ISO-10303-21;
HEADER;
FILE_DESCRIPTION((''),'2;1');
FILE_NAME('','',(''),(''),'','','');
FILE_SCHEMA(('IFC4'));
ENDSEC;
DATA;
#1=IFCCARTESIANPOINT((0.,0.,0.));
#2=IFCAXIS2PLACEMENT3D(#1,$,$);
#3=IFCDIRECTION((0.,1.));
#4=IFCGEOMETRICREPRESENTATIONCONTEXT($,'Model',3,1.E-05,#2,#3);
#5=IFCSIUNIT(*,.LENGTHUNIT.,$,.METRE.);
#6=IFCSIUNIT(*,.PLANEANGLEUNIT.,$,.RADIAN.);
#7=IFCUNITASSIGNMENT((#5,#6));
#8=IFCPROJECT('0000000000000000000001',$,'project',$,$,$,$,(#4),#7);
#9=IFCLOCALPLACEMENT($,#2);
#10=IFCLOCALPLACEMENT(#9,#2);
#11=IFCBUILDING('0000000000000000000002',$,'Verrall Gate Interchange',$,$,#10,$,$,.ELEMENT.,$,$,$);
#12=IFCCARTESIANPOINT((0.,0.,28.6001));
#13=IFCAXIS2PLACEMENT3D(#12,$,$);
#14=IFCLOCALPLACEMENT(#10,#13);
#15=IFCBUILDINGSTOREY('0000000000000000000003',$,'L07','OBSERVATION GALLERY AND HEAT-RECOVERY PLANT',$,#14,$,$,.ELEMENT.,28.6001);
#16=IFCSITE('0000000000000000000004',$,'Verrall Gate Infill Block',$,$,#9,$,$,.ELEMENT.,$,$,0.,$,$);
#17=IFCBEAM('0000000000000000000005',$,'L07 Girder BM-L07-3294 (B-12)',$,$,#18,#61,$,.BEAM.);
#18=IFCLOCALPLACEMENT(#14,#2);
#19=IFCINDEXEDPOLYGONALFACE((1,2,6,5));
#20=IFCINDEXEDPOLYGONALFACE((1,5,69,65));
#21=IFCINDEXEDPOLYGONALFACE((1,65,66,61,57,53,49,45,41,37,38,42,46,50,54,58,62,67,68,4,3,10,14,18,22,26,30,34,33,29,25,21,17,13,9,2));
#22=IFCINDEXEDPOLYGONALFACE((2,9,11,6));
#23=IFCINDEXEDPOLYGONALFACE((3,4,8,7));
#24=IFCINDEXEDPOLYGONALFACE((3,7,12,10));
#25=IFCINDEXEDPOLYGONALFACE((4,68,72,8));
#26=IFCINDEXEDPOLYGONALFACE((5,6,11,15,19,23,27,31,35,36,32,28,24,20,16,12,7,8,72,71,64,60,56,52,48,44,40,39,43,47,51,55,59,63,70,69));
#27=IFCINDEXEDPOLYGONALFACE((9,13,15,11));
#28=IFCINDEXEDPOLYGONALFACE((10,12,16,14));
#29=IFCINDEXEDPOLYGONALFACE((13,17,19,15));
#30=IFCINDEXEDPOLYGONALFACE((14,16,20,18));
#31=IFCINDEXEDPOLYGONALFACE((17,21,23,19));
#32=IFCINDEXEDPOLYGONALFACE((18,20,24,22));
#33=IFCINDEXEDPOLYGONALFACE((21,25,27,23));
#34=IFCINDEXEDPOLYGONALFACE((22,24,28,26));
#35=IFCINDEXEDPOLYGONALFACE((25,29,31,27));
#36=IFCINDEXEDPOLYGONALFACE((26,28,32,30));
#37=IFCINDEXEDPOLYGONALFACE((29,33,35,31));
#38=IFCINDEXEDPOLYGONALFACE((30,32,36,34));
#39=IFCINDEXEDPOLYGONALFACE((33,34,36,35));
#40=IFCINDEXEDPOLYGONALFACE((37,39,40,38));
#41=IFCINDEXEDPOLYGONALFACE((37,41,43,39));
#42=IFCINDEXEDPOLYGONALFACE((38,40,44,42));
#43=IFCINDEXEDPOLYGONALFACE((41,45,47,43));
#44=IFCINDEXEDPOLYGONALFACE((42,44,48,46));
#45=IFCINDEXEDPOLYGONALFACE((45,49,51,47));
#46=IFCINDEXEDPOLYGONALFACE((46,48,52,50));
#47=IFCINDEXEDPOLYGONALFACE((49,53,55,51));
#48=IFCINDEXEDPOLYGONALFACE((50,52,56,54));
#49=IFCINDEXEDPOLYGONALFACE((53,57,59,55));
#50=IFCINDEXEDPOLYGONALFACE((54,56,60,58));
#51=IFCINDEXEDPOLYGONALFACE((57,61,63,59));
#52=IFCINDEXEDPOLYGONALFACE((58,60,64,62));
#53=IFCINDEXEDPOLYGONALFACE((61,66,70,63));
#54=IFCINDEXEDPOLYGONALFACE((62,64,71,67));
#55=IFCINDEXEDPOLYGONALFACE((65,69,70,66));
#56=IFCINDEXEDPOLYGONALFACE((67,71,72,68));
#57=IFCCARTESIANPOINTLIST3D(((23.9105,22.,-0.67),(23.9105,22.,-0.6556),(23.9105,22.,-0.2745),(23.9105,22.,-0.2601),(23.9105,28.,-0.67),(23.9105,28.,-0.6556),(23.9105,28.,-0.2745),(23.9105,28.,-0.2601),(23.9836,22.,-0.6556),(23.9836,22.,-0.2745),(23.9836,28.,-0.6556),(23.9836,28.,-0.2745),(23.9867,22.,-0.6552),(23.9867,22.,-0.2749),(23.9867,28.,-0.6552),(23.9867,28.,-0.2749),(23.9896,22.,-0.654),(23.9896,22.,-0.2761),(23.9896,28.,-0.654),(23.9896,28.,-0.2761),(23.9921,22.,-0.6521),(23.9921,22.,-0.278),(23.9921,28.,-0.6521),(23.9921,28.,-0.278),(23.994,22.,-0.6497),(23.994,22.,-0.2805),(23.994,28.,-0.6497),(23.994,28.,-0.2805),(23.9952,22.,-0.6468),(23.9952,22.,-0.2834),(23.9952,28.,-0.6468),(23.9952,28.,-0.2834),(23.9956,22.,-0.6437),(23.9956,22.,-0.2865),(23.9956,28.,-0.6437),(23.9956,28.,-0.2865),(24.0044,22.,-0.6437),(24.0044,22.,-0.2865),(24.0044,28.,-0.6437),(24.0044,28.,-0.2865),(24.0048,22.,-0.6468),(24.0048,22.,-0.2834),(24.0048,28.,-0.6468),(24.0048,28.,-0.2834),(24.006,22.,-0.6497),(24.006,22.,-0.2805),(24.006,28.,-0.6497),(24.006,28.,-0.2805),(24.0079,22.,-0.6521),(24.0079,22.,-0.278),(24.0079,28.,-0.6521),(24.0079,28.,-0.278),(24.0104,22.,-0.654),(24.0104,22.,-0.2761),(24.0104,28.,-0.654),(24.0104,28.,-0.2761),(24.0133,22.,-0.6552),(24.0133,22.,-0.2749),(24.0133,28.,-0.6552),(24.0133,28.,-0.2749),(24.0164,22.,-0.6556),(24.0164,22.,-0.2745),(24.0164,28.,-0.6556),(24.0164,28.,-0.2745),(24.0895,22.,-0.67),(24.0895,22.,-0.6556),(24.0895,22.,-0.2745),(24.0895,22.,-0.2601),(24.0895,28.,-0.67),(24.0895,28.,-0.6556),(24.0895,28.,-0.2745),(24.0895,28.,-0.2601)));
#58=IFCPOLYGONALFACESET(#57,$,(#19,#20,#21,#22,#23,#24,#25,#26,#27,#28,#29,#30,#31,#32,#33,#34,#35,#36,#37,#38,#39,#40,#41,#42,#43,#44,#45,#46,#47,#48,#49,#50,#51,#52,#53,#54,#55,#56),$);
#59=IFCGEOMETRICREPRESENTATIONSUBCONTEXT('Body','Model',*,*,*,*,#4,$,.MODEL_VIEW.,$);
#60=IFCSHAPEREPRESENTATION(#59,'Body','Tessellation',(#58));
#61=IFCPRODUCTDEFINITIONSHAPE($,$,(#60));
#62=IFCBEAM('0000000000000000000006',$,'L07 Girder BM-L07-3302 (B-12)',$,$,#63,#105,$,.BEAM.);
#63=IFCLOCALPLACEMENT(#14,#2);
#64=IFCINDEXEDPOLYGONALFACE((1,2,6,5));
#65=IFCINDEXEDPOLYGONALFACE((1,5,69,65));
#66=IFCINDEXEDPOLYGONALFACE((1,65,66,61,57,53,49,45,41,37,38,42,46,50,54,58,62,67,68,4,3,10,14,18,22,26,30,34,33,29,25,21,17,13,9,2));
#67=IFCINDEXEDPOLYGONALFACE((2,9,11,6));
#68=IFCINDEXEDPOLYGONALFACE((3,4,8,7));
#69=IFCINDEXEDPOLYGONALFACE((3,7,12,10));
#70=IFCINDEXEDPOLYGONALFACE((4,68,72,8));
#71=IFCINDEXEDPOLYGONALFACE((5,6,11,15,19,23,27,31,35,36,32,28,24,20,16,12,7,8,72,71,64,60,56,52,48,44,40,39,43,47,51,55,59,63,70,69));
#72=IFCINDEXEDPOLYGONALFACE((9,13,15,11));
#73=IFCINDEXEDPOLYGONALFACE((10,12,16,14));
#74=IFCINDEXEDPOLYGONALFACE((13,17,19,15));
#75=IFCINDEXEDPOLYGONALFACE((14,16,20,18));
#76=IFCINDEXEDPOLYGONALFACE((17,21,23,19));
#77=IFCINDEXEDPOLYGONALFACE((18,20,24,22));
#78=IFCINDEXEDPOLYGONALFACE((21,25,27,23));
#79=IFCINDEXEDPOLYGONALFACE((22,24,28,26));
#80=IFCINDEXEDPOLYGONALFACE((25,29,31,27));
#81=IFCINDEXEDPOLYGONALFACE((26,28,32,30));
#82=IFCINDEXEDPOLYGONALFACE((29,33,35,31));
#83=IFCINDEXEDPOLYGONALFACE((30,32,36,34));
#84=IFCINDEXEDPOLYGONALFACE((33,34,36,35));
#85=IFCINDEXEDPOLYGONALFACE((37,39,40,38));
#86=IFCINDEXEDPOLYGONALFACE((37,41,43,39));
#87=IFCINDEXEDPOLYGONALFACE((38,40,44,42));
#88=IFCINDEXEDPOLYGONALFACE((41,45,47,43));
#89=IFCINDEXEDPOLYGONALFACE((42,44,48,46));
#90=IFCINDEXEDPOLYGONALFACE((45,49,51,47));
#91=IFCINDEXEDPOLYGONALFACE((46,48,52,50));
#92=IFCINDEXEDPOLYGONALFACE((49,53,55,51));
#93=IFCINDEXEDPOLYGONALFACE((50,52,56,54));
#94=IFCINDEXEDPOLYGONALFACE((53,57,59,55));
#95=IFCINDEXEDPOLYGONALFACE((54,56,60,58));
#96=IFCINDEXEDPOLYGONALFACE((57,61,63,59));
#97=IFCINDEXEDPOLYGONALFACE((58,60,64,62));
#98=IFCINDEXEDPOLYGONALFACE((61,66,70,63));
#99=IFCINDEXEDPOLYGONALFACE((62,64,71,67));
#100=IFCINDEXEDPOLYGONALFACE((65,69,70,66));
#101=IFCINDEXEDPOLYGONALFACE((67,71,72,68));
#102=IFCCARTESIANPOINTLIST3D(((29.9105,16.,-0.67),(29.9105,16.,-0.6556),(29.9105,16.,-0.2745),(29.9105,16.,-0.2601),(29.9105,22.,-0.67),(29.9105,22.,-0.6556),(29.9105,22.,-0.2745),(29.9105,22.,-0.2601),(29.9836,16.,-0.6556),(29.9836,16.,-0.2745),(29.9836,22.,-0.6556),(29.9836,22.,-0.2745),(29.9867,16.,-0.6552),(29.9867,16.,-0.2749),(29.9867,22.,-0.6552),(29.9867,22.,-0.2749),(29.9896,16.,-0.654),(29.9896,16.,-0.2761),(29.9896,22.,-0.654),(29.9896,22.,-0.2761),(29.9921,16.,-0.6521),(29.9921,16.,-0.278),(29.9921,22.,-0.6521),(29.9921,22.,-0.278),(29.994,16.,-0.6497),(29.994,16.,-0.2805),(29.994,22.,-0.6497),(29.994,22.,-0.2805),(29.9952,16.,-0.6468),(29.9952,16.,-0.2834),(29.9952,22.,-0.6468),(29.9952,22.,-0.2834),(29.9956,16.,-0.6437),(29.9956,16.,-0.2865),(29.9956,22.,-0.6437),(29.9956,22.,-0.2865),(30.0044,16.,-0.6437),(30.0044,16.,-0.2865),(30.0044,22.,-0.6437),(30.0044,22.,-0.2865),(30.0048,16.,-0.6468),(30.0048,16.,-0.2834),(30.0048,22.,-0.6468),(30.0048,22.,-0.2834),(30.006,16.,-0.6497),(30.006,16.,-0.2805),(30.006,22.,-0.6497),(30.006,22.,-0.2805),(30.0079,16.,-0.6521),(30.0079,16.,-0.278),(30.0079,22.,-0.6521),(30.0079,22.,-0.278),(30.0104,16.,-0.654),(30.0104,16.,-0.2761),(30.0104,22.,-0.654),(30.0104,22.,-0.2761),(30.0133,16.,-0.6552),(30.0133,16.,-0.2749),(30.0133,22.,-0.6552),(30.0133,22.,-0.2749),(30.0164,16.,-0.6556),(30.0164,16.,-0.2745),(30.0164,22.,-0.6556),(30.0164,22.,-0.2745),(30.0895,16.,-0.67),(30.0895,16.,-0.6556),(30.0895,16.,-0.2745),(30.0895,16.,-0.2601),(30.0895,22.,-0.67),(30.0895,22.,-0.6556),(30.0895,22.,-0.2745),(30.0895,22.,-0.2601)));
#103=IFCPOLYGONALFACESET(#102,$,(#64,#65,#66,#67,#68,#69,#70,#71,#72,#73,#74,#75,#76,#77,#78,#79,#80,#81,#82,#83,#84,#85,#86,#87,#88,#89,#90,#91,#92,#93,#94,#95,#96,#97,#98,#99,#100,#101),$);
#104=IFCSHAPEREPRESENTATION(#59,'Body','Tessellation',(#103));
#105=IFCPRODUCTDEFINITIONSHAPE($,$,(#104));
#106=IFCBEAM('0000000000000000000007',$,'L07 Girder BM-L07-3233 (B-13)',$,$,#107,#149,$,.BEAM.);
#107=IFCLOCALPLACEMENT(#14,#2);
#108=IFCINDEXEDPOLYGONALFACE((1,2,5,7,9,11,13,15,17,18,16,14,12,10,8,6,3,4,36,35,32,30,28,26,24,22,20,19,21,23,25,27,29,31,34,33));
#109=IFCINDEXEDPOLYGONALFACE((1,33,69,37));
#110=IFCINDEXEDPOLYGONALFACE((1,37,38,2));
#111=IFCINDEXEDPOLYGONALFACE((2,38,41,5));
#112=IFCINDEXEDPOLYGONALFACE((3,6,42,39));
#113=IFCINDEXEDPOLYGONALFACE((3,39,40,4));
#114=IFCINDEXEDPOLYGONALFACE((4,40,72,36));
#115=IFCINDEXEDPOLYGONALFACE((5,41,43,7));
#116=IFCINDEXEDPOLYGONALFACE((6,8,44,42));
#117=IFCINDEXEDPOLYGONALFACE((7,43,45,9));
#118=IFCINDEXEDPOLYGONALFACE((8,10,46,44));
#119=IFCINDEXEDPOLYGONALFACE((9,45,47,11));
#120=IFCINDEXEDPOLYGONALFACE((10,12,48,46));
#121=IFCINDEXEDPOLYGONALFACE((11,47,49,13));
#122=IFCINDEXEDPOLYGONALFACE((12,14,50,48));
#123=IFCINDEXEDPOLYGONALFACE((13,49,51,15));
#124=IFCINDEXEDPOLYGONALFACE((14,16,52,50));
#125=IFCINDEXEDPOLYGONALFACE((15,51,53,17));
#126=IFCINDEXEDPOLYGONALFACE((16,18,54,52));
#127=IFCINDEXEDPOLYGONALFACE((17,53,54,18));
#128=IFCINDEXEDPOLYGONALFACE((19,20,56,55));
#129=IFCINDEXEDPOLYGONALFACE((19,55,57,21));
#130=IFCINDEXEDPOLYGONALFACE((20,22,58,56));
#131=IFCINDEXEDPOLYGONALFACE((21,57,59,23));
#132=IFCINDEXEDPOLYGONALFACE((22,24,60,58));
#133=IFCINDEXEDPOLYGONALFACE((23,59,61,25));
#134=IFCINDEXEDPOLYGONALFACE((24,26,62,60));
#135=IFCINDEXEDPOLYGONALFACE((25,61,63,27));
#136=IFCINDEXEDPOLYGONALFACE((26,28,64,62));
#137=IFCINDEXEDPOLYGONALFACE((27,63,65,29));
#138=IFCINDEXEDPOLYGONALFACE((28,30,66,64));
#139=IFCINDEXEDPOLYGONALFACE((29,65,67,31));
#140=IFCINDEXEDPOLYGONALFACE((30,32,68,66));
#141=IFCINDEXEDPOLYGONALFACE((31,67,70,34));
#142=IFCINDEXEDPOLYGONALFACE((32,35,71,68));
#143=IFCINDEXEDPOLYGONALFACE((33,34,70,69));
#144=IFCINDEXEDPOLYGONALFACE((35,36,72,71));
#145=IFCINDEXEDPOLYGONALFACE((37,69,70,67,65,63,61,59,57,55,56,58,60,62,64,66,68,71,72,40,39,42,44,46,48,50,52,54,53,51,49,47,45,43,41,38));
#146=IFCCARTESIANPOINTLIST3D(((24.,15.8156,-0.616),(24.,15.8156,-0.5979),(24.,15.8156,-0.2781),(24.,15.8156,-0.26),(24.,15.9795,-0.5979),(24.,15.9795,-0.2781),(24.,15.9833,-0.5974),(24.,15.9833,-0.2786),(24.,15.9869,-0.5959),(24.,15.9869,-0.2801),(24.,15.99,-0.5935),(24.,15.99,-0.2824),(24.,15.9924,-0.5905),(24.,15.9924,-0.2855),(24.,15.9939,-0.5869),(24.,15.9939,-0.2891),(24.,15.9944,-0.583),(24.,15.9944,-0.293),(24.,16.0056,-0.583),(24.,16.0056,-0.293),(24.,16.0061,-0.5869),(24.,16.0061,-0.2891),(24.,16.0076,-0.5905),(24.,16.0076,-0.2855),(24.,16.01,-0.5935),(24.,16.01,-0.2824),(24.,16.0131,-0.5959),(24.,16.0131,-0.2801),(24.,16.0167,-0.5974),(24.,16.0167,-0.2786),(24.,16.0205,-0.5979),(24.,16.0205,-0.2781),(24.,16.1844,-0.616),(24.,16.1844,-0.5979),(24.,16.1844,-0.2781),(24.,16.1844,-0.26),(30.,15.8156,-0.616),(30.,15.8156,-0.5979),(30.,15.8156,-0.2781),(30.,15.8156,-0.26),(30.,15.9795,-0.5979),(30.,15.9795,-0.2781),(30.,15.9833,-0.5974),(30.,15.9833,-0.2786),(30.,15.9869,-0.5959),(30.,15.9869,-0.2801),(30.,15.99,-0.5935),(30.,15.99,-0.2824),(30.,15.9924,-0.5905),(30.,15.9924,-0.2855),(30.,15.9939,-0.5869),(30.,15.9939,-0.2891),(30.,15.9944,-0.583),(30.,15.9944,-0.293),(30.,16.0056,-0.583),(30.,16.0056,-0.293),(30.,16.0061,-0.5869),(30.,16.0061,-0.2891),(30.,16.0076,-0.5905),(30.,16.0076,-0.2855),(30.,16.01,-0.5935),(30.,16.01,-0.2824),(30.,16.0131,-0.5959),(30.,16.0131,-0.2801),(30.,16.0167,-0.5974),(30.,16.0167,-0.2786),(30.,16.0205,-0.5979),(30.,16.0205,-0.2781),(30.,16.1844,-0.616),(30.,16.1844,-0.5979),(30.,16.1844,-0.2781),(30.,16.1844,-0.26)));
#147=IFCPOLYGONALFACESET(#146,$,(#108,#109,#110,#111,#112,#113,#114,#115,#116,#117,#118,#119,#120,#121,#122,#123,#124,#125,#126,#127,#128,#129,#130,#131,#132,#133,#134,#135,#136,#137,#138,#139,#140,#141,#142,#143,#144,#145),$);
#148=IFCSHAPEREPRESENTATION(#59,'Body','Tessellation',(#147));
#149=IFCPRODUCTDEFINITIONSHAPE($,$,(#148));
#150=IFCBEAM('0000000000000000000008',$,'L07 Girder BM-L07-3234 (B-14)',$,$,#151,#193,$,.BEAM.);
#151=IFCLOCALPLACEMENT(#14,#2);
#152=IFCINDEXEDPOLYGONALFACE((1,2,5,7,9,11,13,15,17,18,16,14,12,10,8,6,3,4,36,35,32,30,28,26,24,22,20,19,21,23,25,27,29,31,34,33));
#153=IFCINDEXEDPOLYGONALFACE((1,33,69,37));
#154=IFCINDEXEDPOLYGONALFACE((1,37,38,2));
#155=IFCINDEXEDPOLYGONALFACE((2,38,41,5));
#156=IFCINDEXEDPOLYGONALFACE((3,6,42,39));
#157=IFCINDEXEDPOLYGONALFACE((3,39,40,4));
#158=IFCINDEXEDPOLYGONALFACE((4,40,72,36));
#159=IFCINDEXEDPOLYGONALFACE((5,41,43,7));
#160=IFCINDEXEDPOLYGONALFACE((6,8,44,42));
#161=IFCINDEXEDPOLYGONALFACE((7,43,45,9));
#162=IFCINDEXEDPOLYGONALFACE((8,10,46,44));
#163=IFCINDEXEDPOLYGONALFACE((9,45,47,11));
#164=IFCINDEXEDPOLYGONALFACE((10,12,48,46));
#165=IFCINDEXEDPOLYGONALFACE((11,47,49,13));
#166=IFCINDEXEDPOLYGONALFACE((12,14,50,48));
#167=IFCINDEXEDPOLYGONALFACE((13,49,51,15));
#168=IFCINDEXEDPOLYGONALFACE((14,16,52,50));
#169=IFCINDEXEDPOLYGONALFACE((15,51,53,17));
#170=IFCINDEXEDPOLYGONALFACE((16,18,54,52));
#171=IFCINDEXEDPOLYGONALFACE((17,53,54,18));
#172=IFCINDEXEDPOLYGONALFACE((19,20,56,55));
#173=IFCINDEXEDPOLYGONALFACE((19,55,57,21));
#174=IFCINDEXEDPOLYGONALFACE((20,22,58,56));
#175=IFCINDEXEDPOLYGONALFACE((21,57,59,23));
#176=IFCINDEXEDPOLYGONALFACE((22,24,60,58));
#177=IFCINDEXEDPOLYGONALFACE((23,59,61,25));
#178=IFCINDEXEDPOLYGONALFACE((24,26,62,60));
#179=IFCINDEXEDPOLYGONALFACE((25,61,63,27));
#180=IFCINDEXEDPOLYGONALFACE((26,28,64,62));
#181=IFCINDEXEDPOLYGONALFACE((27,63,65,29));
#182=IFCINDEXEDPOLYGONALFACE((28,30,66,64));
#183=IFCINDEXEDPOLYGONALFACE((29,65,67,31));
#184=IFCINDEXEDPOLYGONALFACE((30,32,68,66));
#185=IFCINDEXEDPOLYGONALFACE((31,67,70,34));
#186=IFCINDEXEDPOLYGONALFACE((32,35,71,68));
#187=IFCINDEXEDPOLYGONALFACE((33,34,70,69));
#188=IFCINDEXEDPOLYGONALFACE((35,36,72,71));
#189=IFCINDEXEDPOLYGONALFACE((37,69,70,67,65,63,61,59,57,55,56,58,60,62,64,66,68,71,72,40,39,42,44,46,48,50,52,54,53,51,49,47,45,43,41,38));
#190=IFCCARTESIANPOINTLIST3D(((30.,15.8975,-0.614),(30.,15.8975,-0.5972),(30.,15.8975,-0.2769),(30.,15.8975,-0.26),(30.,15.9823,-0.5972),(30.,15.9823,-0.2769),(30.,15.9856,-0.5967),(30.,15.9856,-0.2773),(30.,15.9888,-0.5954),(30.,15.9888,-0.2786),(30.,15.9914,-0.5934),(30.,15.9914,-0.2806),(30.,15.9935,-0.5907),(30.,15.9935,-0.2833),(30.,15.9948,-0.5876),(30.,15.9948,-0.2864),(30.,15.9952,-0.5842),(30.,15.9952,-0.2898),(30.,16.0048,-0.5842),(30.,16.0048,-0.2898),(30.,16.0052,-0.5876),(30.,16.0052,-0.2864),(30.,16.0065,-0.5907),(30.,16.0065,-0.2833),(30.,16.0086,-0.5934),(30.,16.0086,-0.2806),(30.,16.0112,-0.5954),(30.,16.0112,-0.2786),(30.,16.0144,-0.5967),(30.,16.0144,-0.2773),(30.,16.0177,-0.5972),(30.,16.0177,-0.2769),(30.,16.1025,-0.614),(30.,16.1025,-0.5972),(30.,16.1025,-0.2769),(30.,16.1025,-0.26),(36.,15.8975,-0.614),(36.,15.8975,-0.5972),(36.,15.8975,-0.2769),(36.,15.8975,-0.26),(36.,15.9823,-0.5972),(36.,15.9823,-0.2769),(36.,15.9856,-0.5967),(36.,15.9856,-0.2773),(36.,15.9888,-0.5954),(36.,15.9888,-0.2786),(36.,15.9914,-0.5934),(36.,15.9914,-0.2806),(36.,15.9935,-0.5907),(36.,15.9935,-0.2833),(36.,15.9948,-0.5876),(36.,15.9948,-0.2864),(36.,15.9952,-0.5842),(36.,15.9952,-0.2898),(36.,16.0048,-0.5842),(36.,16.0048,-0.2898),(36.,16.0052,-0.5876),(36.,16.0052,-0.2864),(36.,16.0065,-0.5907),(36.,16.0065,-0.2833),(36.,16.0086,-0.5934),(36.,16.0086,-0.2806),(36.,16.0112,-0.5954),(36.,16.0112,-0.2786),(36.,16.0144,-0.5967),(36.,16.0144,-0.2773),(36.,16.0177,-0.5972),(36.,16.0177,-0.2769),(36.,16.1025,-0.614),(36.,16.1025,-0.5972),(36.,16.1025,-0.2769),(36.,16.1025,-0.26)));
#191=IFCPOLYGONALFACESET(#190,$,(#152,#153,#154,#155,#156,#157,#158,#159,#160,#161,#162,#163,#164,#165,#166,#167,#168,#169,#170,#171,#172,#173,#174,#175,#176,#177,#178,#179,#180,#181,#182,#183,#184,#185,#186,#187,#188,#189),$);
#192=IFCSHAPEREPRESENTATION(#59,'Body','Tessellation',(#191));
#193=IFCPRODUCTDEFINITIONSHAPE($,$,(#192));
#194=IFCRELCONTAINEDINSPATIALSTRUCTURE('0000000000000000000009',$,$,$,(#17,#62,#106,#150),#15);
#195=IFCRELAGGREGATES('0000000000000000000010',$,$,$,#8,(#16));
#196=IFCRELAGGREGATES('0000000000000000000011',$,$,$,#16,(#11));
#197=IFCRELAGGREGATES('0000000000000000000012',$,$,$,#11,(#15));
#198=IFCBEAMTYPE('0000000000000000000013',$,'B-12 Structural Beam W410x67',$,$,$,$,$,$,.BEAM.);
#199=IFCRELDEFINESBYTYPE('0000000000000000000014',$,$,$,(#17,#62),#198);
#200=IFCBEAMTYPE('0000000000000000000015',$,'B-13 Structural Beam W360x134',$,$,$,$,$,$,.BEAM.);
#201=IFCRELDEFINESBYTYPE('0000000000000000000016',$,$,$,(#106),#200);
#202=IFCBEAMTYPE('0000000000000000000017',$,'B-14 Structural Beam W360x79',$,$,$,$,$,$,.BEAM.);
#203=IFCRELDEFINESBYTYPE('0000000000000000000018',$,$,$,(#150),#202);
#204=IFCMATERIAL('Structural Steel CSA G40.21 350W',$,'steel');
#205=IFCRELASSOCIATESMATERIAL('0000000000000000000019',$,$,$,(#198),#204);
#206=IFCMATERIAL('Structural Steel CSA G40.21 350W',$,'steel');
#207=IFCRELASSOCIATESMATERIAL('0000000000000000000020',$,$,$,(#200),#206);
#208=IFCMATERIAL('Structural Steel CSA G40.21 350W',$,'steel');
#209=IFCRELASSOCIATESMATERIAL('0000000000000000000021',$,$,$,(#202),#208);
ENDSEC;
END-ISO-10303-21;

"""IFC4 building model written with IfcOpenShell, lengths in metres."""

from ifc_helpers import new_model, si_unit, direction, frame, origin, origin_2d, place, context, subcontext, project, spatial, i_section, extrude, material, material_profile, profile_set, type_object, element, save


model = new_model("IFC4")

# Units and contexts
model_context = context("Model", 3, precision=1e-05, world=origin(), true_north=direction((0.0, 1.0)))
body_context = subcontext(model_context, "Body", "Model", "MODEL_VIEW")
ifc_project = project(units=[si_unit("LENGTHUNIT", "METRE"), si_unit("PLANEANGLEUNIT", "RADIAN")], contexts=[model_context])

# Site, building, storey
site_placement = place(None, origin())
site = spatial("IfcSite", under=ifc_project, at=site_placement, Name="Verrall Gate Infill Block", CompositionType="ELEMENT", RefElevation=0.0)
building_placement = place(site_placement, origin())
building = spatial("IfcBuilding", under=site, at=building_placement, Name="Verrall Gate Interchange", CompositionType="ELEMENT")
storey_placement = place(building_placement, frame((0.0, 0.0, 28.6001)))
storey = spatial("IfcBuildingStorey", under=building, at=storey_placement, Name="L07", Description="OBSERVATION GALLERY AND HEAT-RECOVERY PLANT", CompositionType="ELEMENT", Elevation=28.6001)

# Beams
ifc_material_1 = material(Name="Structural Steel CSA G40.21 350W", Category="steel")
ifc_material_profile_1 = material_profile(ifc_material_1, i_section(OverallWidth=0.179, OverallDepth=0.4099, WebThickness=0.0088, FlangeThickness=0.0144, FilletRadius=0.012, at=origin_2d()), Name="W410x67")
ifc_profile_set_1 = profile_set([ifc_material_profile_1], Name="Structural Steel CSA G40.21 350W")
beam_type_1 = type_object("IfcBeamType", Name="B-12 Structural Beam W410x67", PredefinedType="BEAM", material=ifc_profile_set_1)
for number, where, z_axis, x_axis, name in (
    (1, (24.0, 22.0, -0.4651), (0.0, 1.0, 0.0), (-1.0, 0.0, 0.0), "L07 Girder BM-L07-3294 (B-12)"),
    (2, (30.0, 16.0, -0.4651), (0.0, 1.0, 0.0), (-1.0, 0.0, 0.0), "L07 Girder BM-L07-3302 (B-12)"),
):
    element("IfcBeam", number, at=place(storey_placement, frame(where, z_axis=z_axis, x_axis=x_axis)), inside=storey, type_object=beam_type_1, Name=name, PredefinedType="BEAM", context=body_context, shape_type="SweptSolid", body=[
        extrude(i_section(OverallWidth=0.179, OverallDepth=0.4099, WebThickness=0.0088, FlangeThickness=0.0144, FilletRadius=0.012, at=origin_2d()), origin(), (0.0, 0.0, 1.0), 6.0),
    ])
ifc_material_2 = material(Name="Structural Steel CSA G40.21 350W", Category="steel")
ifc_material_profile_2 = material_profile(ifc_material_2, i_section(OverallWidth=0.3689, OverallDepth=0.356, WebThickness=0.0112, FlangeThickness=0.0181, FilletRadius=0.0149, at=origin_2d()), Name="W360x134")
ifc_profile_set_2 = profile_set([ifc_material_profile_2], Name="Structural Steel CSA G40.21 350W")
beam_type_2 = type_object("IfcBeamType", Name="B-13 Structural Beam W360x134", PredefinedType="BEAM", material=ifc_profile_set_2)
beam_1_placement = place(storey_placement, frame((24.0, 16.0, -0.438), z_axis=(1.0, 0.0, 0.0), x_axis=(0.0, 1.0, 0.0)))
element("IfcBeam", 3, at=beam_1_placement, inside=storey, type_object=beam_type_2, Name="L07 Girder BM-L07-3233 (B-13)", PredefinedType="BEAM", context=body_context, shape_type="SweptSolid", body=[
    extrude(i_section(OverallWidth=0.3689, OverallDepth=0.356, WebThickness=0.0112, FlangeThickness=0.0181, FilletRadius=0.0149, at=origin_2d()), origin(), (0.0, 0.0, 1.0), 6.0),
])
ifc_material_3 = material(Name="Structural Steel CSA G40.21 350W", Category="steel")
ifc_material_profile_3 = material_profile(ifc_material_3, i_section(OverallWidth=0.2051, OverallDepth=0.354, WebThickness=0.0095, FlangeThickness=0.0168, FilletRadius=0.0129, at=origin_2d()), Name="W360x79")
ifc_profile_set_3 = profile_set([ifc_material_profile_3], Name="Structural Steel CSA G40.21 350W")
beam_type_3 = type_object("IfcBeamType", Name="B-14 Structural Beam W360x79", PredefinedType="BEAM", material=ifc_profile_set_3)
for number, where, z_axis, x_axis, name in (
    (4, (30.0, 16.0, -0.437), (1.0, 0.0, 0.0), (0.0, 1.0, 0.0), "L07 Girder BM-L07-3234 (B-14)"),
):
    element("IfcBeam", number, at=place(storey_placement, frame(where, z_axis=z_axis, x_axis=x_axis)), inside=storey, type_object=beam_type_3, Name=name, PredefinedType="BEAM", context=body_context, shape_type="SweptSolid", body=[
        extrude(i_section(OverallWidth=0.2051, OverallDepth=0.354, WebThickness=0.0095, FlangeThickness=0.0168, FilletRadius=0.0129, at=origin_2d()), origin(), (0.0, 0.0, 1.0), 6.0),
    ])

save(model, "model.ifc")
